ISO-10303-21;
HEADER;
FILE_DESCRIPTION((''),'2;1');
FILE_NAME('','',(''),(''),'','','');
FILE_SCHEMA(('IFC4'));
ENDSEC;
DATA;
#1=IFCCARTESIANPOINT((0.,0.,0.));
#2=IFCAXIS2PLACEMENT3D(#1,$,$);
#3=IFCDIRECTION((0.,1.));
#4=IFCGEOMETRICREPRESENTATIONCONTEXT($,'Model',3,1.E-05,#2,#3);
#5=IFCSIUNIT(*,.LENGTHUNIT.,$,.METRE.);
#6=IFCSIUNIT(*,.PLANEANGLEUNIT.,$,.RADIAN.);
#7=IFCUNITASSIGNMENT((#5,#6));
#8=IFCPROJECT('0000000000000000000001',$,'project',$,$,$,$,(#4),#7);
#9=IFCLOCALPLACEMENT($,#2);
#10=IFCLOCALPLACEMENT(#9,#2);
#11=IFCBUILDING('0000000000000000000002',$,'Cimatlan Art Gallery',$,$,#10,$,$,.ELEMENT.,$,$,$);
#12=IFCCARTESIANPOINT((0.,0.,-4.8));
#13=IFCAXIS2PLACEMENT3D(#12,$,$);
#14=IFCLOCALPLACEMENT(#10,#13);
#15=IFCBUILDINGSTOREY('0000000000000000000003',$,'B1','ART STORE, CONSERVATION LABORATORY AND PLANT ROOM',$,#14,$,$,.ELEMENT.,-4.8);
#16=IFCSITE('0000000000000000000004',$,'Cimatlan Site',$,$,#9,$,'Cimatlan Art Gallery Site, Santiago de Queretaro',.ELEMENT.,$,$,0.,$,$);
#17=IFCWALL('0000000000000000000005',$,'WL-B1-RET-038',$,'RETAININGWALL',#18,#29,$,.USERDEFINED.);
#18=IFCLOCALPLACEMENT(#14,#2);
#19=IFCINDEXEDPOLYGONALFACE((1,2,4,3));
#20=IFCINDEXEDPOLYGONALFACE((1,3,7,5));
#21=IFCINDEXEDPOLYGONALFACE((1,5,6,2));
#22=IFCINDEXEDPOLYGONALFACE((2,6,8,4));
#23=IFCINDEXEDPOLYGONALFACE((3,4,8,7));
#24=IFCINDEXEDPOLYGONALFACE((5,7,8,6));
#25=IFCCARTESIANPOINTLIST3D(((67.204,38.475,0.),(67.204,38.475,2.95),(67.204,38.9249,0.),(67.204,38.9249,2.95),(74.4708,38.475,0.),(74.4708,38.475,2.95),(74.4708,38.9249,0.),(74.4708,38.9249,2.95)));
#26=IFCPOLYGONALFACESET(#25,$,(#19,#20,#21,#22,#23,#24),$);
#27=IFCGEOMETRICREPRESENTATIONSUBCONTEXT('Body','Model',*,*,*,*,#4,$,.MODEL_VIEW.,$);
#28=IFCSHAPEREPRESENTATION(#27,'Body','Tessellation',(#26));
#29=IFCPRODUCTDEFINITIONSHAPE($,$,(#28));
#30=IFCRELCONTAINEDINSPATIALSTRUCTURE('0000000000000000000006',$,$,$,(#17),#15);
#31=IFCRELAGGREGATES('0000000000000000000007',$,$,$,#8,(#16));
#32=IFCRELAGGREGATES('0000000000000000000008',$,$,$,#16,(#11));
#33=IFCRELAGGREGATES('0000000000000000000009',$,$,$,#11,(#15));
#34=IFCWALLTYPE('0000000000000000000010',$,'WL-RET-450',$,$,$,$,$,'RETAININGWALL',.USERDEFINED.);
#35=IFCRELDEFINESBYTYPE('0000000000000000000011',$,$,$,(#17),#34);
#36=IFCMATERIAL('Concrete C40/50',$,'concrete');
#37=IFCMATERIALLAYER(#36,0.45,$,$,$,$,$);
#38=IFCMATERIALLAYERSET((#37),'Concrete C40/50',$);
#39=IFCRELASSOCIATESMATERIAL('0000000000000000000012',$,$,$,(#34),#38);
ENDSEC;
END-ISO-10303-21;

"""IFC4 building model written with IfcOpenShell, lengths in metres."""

from ifc_helpers import new_model, si_unit, direction, frame, frame_2d, origin, place, context, subcontext, project, spatial, rectangle, extrude, material, layer, layer_set, type_object, element, save


model = new_model("IFC4")

# Units and contexts
model_context = context("Model", 3, precision=1e-05, world=origin(), true_north=direction((0.0, 1.0)))
body_context = subcontext(model_context, "Body", "Model", "MODEL_VIEW")
ifc_project = project(units=[si_unit("LENGTHUNIT", "METRE"), si_unit("PLANEANGLEUNIT", "RADIAN")], contexts=[model_context])

# Site, building, storey
site_placement = place(None, origin())
site = spatial("IfcSite", under=ifc_project, at=site_placement, Name="Cimatlan Site", LongName="Cimatlan Art Gallery Site, Santiago de Queretaro", CompositionType="ELEMENT", RefElevation=0.0)
building_placement = place(site_placement, origin())
building = spatial("IfcBuilding", under=site, at=building_placement, Name="Cimatlan Art Gallery", CompositionType="ELEMENT")
storey_placement = place(building_placement, frame((0.0, 0.0, -4.8)))
storey = spatial("IfcBuildingStorey", under=building, at=storey_placement, Name="B1", Description="ART STORE, CONSERVATION LABORATORY AND PLANT ROOM", CompositionType="ELEMENT", Elevation=-4.8)

# Shared definitions
ifc_material_1 = material(Name="Concrete C40/50", Category="concrete")

# Wall
ifc_layer_1 = layer(ifc_material_1, 0.45)
ifc_layer_set_1 = layer_set([ifc_layer_1], Name="Concrete C40/50")
wall_type_1 = type_object("IfcWallType", Name="WL-RET-450", ElementType="RETAININGWALL", PredefinedType="USERDEFINED", material=ifc_layer_set_1)
wall_1_placement = place(storey_placement, frame((67.2041, 38.7, 0.0), z_axis=(0.0, 0.0, 1.0), x_axis=(1.0, 0.0, 0.0)))
element("IfcWall", 1, at=wall_1_placement, inside=storey, type_object=wall_type_1, Name="WL-B1-RET-038", ObjectType="RETAININGWALL", PredefinedType="USERDEFINED", context=body_context, shape_type="SweptSolid", body=[
    extrude(rectangle(XDim=7.2668, YDim=0.45, at=frame_2d((3.6333, 0.0))), origin(), (0.0, 0.0, 1.0), 2.95),
])

save(model, "model.ifc")
